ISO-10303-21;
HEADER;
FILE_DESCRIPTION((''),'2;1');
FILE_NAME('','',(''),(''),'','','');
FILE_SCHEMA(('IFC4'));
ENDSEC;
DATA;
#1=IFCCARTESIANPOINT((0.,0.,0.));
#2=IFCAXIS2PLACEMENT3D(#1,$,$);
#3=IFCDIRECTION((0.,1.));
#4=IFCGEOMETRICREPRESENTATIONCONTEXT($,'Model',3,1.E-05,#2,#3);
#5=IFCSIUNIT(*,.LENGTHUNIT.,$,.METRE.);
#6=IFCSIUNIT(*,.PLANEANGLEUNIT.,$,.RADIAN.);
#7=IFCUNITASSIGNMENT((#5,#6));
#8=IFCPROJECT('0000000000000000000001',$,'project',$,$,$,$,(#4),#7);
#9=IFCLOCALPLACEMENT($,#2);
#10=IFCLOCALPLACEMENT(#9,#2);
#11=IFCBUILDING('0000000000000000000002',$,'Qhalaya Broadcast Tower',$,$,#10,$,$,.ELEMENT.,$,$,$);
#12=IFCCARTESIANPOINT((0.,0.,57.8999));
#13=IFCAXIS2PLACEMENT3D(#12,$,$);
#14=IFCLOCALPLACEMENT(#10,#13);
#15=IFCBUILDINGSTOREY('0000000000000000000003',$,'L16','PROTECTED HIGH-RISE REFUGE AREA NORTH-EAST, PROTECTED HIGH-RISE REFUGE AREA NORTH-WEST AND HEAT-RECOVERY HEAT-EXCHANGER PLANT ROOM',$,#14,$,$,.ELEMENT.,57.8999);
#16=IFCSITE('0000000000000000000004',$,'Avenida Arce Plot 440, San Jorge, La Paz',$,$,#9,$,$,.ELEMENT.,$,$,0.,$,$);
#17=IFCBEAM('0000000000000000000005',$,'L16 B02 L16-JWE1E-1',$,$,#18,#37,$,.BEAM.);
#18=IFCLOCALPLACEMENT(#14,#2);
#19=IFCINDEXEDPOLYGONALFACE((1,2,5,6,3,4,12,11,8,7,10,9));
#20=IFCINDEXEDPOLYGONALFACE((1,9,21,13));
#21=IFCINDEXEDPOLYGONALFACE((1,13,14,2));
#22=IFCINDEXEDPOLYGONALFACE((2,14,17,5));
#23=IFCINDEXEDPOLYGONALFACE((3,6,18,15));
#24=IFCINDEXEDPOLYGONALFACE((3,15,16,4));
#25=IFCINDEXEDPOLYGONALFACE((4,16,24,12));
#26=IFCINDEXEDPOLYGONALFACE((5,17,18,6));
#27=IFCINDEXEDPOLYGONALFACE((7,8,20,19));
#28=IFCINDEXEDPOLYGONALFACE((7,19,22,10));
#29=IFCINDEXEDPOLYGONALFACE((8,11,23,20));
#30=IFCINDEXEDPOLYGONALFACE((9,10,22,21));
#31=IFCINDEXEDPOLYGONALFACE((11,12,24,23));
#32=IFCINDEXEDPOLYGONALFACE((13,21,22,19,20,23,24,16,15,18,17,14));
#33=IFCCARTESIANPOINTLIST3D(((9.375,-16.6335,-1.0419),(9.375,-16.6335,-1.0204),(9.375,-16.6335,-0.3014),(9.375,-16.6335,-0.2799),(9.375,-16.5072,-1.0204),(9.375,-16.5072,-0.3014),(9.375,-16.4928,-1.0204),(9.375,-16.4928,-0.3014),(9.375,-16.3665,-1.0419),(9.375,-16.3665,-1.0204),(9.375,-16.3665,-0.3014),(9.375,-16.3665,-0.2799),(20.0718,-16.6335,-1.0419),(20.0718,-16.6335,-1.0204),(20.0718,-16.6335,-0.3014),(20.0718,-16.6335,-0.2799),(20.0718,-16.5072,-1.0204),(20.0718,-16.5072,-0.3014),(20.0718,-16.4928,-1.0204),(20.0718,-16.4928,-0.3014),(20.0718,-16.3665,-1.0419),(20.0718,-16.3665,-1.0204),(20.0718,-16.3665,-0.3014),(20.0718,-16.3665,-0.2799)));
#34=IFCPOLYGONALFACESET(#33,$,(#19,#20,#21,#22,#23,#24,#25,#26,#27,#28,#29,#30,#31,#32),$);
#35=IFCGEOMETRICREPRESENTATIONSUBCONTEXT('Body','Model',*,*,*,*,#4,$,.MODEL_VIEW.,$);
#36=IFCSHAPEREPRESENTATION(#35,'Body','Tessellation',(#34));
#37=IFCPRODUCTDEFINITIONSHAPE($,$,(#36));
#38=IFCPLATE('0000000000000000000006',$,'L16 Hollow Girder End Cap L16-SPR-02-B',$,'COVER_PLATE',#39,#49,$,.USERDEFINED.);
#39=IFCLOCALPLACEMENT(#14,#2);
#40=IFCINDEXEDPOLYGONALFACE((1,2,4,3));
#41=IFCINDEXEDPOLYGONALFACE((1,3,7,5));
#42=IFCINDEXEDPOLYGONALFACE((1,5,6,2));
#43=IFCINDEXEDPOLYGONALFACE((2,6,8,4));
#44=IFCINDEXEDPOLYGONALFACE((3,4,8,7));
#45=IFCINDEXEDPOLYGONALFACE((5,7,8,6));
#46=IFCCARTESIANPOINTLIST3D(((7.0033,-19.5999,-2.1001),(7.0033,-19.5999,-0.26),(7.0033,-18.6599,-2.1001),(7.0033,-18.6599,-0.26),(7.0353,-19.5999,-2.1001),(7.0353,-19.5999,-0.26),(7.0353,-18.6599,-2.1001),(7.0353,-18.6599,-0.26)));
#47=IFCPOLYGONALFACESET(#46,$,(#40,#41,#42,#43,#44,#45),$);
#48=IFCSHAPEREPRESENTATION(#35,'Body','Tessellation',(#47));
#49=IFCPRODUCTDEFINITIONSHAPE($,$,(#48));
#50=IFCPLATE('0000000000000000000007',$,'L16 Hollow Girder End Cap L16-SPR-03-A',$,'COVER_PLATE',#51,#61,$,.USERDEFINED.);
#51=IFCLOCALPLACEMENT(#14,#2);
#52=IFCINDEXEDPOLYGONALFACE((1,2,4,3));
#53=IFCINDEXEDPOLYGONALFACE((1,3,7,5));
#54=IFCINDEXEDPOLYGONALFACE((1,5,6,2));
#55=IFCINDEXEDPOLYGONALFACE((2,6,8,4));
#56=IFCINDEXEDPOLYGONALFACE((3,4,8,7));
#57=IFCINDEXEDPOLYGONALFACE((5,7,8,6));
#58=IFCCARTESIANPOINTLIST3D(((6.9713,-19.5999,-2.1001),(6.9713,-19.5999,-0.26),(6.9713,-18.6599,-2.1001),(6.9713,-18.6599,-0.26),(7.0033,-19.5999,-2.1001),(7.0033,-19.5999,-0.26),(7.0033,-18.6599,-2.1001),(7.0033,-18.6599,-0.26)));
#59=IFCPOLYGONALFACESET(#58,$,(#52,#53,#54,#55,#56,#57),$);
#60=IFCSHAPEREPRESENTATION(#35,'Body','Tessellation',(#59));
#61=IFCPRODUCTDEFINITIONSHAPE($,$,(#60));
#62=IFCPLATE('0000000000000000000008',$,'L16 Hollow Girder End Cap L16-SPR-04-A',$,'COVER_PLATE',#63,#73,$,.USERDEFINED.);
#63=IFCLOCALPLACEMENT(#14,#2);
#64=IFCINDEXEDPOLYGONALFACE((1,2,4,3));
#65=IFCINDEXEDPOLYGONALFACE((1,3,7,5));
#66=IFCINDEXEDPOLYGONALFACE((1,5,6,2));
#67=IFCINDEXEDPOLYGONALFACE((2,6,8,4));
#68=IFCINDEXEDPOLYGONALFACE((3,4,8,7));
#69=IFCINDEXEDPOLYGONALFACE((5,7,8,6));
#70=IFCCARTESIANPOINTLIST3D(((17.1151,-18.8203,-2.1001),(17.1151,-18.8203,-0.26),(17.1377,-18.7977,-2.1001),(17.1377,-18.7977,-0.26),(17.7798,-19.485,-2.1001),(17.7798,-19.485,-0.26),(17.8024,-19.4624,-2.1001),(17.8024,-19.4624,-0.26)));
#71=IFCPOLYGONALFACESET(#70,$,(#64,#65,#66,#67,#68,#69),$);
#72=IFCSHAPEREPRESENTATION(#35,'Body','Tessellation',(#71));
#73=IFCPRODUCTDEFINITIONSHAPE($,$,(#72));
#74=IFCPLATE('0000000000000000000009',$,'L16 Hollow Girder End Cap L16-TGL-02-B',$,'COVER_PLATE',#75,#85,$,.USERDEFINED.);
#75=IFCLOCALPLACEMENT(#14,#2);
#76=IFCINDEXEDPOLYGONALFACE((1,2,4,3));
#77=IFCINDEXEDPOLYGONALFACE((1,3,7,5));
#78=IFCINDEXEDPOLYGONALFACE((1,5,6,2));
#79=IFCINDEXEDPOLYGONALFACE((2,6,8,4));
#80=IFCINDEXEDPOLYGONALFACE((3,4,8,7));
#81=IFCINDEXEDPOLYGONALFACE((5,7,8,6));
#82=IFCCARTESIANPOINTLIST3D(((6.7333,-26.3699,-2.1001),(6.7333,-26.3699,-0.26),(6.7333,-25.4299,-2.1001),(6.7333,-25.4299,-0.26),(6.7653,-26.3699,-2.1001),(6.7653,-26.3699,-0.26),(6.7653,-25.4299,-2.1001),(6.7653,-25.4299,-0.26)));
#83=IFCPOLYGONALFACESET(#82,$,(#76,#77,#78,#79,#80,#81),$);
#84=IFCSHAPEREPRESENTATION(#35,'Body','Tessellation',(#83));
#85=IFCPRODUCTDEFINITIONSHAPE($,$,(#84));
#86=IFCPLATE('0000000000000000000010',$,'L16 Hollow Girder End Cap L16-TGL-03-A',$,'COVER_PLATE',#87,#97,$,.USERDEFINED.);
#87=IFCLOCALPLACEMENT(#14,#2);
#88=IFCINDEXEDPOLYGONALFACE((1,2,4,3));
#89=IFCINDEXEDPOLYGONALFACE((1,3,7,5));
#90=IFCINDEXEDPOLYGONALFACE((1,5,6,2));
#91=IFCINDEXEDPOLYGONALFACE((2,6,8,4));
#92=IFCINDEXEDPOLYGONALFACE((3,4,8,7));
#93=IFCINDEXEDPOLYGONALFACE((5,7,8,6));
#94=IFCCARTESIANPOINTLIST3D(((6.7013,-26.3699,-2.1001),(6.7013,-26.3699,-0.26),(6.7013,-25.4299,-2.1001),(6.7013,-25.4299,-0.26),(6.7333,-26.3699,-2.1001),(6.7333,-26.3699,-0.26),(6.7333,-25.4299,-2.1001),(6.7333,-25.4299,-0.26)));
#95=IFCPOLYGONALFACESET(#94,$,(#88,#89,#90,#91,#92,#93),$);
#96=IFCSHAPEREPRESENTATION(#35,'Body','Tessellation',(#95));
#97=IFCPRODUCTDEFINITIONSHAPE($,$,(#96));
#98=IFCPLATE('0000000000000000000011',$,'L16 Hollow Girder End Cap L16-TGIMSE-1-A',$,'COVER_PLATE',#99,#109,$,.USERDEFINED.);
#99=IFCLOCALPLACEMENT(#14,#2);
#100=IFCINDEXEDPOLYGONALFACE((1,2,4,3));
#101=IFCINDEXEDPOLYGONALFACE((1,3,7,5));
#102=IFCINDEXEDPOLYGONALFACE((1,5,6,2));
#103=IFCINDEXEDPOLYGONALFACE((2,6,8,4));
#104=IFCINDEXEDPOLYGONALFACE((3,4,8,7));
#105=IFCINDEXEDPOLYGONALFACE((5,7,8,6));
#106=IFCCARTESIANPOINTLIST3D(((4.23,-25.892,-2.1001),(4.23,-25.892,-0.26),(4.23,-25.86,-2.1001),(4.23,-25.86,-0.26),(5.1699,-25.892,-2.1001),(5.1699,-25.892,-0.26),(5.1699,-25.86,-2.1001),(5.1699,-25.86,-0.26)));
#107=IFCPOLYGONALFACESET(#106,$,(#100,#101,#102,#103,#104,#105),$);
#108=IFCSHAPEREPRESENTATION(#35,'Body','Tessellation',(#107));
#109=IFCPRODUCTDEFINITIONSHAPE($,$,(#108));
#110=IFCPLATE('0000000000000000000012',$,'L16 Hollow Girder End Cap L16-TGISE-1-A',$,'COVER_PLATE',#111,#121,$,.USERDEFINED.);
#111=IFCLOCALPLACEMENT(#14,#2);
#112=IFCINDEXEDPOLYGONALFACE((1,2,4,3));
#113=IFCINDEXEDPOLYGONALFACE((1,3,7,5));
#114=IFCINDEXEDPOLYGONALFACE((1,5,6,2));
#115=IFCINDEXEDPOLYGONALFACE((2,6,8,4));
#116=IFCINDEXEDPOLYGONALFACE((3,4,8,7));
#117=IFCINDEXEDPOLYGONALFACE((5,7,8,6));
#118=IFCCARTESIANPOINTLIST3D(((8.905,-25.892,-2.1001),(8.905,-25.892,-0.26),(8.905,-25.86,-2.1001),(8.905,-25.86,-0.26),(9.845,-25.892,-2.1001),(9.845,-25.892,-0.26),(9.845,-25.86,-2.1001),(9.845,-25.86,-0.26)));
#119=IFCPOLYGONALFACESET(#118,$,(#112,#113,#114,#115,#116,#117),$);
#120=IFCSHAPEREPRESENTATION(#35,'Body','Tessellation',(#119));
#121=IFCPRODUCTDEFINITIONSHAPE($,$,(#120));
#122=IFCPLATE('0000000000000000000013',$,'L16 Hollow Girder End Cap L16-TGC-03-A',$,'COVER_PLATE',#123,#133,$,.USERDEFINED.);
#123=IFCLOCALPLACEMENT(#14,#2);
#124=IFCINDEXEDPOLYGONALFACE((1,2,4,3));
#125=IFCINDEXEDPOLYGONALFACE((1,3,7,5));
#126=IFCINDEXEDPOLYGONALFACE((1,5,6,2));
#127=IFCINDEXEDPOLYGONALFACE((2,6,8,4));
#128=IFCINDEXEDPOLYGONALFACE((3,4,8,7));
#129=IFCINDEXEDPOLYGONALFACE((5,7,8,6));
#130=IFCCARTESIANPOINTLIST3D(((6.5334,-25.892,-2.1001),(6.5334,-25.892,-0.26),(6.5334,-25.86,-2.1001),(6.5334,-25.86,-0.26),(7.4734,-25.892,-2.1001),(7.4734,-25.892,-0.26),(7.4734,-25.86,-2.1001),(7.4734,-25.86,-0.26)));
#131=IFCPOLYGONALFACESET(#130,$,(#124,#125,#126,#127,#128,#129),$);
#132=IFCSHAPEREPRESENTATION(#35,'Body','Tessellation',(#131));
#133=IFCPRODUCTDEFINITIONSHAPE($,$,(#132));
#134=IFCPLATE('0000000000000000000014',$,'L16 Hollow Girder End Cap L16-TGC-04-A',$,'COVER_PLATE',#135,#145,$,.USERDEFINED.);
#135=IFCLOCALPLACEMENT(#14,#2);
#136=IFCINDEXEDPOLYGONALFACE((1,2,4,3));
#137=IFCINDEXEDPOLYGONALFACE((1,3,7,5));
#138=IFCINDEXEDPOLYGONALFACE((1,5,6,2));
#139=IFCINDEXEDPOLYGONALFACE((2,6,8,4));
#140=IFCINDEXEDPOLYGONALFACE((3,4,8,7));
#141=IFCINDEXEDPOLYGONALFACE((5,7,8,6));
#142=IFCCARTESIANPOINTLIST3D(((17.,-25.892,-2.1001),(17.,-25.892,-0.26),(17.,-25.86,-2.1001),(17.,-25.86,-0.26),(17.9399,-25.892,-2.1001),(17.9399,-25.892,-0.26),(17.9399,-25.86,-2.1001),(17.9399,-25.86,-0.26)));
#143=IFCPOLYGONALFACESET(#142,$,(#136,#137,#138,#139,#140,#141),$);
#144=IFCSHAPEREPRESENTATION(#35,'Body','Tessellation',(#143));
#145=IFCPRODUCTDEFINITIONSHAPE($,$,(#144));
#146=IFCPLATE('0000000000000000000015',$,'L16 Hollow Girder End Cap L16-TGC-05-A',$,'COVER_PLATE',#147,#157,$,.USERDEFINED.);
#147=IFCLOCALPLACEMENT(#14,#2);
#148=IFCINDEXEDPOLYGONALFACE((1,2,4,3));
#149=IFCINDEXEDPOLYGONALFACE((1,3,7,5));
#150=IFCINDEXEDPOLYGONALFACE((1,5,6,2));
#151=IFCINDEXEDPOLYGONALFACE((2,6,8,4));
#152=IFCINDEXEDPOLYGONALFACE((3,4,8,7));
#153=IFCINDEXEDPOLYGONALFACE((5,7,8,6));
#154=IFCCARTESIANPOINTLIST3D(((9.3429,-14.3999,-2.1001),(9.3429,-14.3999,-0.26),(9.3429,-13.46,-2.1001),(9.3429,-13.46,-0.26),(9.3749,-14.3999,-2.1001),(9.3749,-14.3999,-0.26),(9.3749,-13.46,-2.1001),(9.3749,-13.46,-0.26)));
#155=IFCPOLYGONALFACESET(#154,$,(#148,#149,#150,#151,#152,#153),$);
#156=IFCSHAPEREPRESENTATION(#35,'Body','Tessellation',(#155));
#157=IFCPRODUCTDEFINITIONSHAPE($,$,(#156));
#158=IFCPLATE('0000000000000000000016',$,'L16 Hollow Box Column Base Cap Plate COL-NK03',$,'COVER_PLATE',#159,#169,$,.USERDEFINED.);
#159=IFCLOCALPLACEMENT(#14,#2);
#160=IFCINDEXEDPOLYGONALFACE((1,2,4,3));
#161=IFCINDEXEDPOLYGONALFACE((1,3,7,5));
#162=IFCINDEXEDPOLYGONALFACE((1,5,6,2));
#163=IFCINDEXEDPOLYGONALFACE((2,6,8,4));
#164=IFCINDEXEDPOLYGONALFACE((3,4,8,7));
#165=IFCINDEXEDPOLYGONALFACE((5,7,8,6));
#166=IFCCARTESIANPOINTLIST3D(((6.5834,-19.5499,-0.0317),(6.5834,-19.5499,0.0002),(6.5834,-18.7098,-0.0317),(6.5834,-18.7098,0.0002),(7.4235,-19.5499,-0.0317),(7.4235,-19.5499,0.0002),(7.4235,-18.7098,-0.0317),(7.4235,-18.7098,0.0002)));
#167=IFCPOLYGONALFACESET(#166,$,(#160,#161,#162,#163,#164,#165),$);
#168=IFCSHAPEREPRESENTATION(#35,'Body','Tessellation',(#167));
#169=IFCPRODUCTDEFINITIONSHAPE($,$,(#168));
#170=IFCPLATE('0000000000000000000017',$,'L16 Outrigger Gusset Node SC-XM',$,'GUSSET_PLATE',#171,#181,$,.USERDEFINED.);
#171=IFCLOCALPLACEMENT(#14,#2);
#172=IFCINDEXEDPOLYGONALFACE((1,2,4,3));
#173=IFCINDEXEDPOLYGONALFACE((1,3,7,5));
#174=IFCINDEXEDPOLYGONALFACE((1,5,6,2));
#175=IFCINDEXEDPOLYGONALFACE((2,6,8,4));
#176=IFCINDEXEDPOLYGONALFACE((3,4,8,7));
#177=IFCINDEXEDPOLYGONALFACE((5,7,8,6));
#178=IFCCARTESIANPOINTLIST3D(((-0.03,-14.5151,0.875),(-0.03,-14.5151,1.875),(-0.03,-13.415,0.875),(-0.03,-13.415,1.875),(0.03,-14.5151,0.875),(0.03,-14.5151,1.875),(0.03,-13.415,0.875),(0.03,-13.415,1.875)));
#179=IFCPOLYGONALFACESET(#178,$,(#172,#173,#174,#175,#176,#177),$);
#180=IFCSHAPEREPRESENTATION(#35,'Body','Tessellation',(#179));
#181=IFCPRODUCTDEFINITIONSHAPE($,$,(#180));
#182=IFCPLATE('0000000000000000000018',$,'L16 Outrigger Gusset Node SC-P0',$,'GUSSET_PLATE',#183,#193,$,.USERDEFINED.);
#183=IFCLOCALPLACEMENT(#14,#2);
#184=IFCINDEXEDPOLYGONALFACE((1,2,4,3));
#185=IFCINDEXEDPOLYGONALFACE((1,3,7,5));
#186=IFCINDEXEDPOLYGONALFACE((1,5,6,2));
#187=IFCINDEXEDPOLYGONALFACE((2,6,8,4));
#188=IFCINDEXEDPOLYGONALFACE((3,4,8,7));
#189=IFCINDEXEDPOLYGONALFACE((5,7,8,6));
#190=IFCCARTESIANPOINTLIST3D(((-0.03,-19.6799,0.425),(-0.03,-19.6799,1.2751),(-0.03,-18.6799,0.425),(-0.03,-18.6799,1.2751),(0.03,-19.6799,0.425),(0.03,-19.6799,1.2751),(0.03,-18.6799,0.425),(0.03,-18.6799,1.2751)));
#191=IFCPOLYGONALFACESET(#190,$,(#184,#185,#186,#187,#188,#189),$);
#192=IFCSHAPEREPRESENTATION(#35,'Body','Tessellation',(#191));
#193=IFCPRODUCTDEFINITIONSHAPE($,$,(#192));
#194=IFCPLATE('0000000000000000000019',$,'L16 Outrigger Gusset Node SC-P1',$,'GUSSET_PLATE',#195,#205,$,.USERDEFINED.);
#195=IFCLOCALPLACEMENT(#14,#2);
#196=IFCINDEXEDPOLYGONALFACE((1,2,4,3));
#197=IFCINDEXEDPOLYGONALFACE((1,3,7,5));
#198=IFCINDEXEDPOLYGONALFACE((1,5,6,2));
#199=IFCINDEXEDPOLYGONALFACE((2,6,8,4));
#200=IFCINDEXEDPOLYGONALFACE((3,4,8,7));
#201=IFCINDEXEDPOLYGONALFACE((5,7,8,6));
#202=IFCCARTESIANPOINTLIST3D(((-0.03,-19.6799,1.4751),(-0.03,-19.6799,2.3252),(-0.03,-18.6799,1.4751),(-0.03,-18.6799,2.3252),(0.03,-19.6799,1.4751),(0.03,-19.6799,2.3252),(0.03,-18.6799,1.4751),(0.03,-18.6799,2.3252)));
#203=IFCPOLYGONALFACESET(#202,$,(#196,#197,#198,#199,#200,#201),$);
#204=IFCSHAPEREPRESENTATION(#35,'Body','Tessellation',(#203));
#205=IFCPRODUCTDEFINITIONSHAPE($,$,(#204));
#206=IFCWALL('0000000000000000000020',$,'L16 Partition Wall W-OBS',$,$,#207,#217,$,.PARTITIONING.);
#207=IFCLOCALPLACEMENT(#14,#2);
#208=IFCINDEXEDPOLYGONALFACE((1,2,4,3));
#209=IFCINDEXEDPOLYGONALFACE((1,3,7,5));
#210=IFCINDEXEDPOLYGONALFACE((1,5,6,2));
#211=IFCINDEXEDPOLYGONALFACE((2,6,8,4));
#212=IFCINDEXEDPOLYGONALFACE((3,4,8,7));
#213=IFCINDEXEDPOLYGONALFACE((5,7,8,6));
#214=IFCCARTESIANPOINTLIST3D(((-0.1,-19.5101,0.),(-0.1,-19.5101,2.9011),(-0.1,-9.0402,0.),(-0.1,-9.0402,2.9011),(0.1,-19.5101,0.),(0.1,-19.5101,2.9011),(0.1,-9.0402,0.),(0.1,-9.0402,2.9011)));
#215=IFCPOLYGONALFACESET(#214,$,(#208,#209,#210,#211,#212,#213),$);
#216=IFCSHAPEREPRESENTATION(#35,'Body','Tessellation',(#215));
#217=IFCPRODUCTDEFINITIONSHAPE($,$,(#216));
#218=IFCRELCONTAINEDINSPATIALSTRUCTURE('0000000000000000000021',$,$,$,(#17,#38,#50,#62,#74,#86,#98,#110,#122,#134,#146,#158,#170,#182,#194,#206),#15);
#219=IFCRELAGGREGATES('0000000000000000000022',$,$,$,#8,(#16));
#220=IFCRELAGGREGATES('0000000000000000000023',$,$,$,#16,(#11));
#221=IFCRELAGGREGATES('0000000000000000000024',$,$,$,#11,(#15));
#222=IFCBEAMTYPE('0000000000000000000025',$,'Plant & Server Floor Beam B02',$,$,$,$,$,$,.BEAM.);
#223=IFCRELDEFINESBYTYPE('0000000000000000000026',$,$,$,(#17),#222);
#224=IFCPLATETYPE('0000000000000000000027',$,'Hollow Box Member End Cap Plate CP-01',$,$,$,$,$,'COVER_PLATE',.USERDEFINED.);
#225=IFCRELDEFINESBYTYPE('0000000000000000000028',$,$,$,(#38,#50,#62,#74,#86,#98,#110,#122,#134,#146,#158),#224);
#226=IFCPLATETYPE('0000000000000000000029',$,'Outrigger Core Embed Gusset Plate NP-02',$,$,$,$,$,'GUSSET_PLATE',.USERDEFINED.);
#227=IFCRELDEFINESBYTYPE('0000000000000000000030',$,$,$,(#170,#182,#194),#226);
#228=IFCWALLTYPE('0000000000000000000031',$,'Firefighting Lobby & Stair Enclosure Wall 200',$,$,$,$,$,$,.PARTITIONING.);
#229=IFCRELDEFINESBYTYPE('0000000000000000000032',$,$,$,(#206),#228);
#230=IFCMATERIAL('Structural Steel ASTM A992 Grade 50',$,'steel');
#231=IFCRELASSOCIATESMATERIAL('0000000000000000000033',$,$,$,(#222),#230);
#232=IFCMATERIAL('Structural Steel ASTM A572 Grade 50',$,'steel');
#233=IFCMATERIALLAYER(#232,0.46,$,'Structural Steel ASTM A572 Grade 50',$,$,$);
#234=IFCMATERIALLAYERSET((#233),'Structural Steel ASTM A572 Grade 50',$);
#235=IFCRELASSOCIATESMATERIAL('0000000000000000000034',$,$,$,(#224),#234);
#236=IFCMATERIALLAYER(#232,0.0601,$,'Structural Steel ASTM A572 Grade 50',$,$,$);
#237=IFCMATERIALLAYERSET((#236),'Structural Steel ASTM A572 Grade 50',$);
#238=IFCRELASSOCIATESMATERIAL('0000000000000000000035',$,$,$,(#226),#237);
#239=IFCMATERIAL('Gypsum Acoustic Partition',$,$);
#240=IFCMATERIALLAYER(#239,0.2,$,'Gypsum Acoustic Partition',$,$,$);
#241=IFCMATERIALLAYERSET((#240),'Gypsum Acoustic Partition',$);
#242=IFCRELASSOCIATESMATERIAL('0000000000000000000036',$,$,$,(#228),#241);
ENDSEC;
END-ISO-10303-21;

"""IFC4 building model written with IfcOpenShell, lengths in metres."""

from ifc_helpers import new_model, si_unit, direction, frame, frame_2d, origin, origin_2d, place, context, subcontext, project, spatial, rectangle, i_section, extrude, material, layer, layer_set, material_profile, profile_set, type_object, element, save


model = new_model("IFC4")

# Units and contexts
model_context = context("Model", 3, precision=1e-05, world=origin(), true_north=direction((0.0, 1.0)))
body_context = subcontext(model_context, "Body", "Model", "MODEL_VIEW")
ifc_project = project(units=[si_unit("LENGTHUNIT", "METRE"), si_unit("PLANEANGLEUNIT", "RADIAN")], contexts=[model_context])

# Site, building, storey
site_placement = place(None, origin())
site = spatial("IfcSite", under=ifc_project, at=site_placement, Name="Avenida Arce Plot 440, San Jorge, La Paz", CompositionType="ELEMENT", RefElevation=0.0)
building_placement = place(site_placement, origin())
building = spatial("IfcBuilding", under=site, at=building_placement, Name="Qhalaya Broadcast Tower", CompositionType="ELEMENT")
storey_placement = place(building_placement, frame((0.0, 0.0, 57.8999)))
storey = spatial("IfcBuildingStorey", under=building, at=storey_placement, Name="L16", Description="PROTECTED HIGH-RISE REFUGE AREA NORTH-EAST, PROTECTED HIGH-RISE REFUGE AREA NORTH-WEST AND HEAT-RECOVERY HEAT-EXCHANGER PLANT ROOM", CompositionType="ELEMENT", Elevation=57.8999)

# Shared definitions
ifc_material_1 = material(Name="Structural Steel ASTM A572 Grade 50", Category="steel")

# Beam
ifc_material_2 = material(Name="Structural Steel ASTM A992 Grade 50", Category="steel")
ifc_material_profile_1 = material_profile(ifc_material_2, i_section(OverallWidth=0.2671, OverallDepth=0.762, WebThickness=0.0144, FlangeThickness=0.0215, at=origin_2d()), Name="W30X116")
ifc_profile_set_1 = profile_set([ifc_material_profile_1], Name="Structural Steel ASTM A992 Grade 50")
beam_type_1 = type_object("IfcBeamType", Name="Plant & Server Floor Beam B02", PredefinedType="BEAM", material=ifc_profile_set_1)
beam_1_placement = place(storey_placement, frame((9.375, -16.5, -0.6609), z_axis=(1.0, 0.0, 0.0), x_axis=(0.0, 1.0, 0.0)))
element("IfcBeam", 1, at=beam_1_placement, inside=storey, type_object=beam_type_1, Name="L16 B02 L16-JWE1E-1", PredefinedType="BEAM", context=body_context, shape_type="SweptSolid", body=[
    extrude(i_section(OverallWidth=0.2671, OverallDepth=0.762, WebThickness=0.0144, FlangeThickness=0.0215, at=origin_2d()), origin(), (0.0, 0.0, 1.0), 10.6968),
])

# Plates
ifc_layer_1 = layer(ifc_material_1, 0.46, Name="Structural Steel ASTM A572 Grade 50")
ifc_layer_set_1 = layer_set([ifc_layer_1], Name="Structural Steel ASTM A572 Grade 50")
plate_type_1 = type_object("IfcPlateType", Name="Hollow Box Member End Cap Plate CP-01", ElementType="COVER_PLATE", PredefinedType="USERDEFINED", material=ifc_layer_set_1)
for number, where, z_axis, x_axis, name in (
    (2, (7.0193, -19.1299, -2.1001), (0.0, 0.0, 1.0), (0.0, 1.0, 0.0), "L16 Hollow Girder End Cap L16-SPR-02-B"),
    (3, (6.9873, -19.1299, -2.1001), (0.0, 0.0, 1.0), (0.0, 1.0, 0.0), "L16 Hollow Girder End Cap L16-SPR-03-A"),
    (4, (17.4587, -19.1414, -2.1001), (0.0, 0.0, 1.0), (-0.707107, 0.707107, 0.0), "L16 Hollow Girder End Cap L16-SPR-04-A"),
    (5, (6.7493, -25.8999, -2.1001), (0.0, 0.0, 1.0), (0.0, 1.0, 0.0), "L16 Hollow Girder End Cap L16-TGL-02-B"),
    (6, (6.7173, -25.8999, -2.1001), (0.0, 0.0, 1.0), (0.0, 1.0, 0.0), "L16 Hollow Girder End Cap L16-TGL-03-A"),
    (7, (4.7, -25.876, -2.1001), (0.0, 0.0, 1.0), (-1.0, 0.0, 0.0), "L16 Hollow Girder End Cap L16-TGIMSE-1-A"),
    (8, (9.375, -25.876, -2.1001), (0.0, 0.0, 1.0), (-1.0, 0.0, 0.0), "L16 Hollow Girder End Cap L16-TGISE-1-A"),
    (9, (7.0034, -25.876, -2.1001), (0.0, 0.0, 1.0), (-1.0, 0.0, 0.0), "L16 Hollow Girder End Cap L16-TGC-03-A"),
    (10, (17.47, -25.876, -2.1001), (0.0, 0.0, 1.0), (-1.0, 0.0, 0.0), "L16 Hollow Girder End Cap L16-TGC-04-A"),
    (11, (9.3589, -13.9299, -2.1001), (0.0, 0.0, 1.0), (0.0, 1.0, 0.0), "L16 Hollow Girder End Cap L16-TGC-05-A"),
):
    element("IfcPlate", number, at=place(storey_placement, frame(where, z_axis=z_axis, x_axis=x_axis)), inside=storey, type_object=plate_type_1, Name=name, ObjectType="COVER_PLATE", PredefinedType="USERDEFINED", context=body_context, shape_type="SweptSolid", body=[
        extrude(rectangle(XDim=0.9399, YDim=0.032, at=origin_2d()), origin(), (0.0, 0.0, 1.0), 1.8401),
    ])
plate_1_placement = place(storey_placement, frame((7.0034, -19.1299, -0.0317), z_axis=(0.0, 0.0, 1.0), x_axis=(1.0, 0.0, 0.0)))
element("IfcPlate", 12, at=plate_1_placement, inside=storey, type_object=plate_type_1, Name="L16 Hollow Box Column Base Cap Plate COL-NK03", ObjectType="COVER_PLATE", PredefinedType="USERDEFINED", context=body_context, shape_type="SweptSolid", body=[
    extrude(rectangle(XDim=0.8401, YDim=0.8401, at=origin_2d()), origin(), (0.0, 0.0, 1.0), 0.032),
])
ifc_layer_2 = layer(ifc_material_1, 0.0601, Name="Structural Steel ASTM A572 Grade 50")
ifc_layer_set_2 = layer_set([ifc_layer_2], Name="Structural Steel ASTM A572 Grade 50")
plate_type_2 = type_object("IfcPlateType", Name="Outrigger Core Embed Gusset Plate NP-02", ElementType="GUSSET_PLATE", PredefinedType="USERDEFINED", material=ifc_layer_set_2)
plate_2_placement = place(storey_placement, frame((0.0, -13.9651, 0.875), z_axis=(0.0, 0.0, 1.0), x_axis=(0.0, -1.0, 0.0)))
element("IfcPlate", 13, at=plate_2_placement, inside=storey, type_object=plate_type_2, Name="L16 Outrigger Gusset Node SC-XM", ObjectType="GUSSET_PLATE", PredefinedType="USERDEFINED", context=body_context, shape_type="SweptSolid", body=[
    extrude(rectangle(XDim=1.1001, YDim=0.0601, at=origin_2d()), origin(), (0.0, 0.0, 1.0), 1.0),
])
for number, where, z_axis, x_axis, name in (
    (14, (0.0, -19.1799, 0.425), (0.0, 0.0, 1.0), (0.0, -1.0, 0.0), "L16 Outrigger Gusset Node SC-P0"),
    (15, (0.0, -19.1799, 1.4751), (0.0, 0.0, 1.0), (0.0, -1.0, 0.0), "L16 Outrigger Gusset Node SC-P1"),
):
    element("IfcPlate", number, at=place(storey_placement, frame(where, z_axis=z_axis, x_axis=x_axis)), inside=storey, type_object=plate_type_2, Name=name, ObjectType="GUSSET_PLATE", PredefinedType="USERDEFINED", context=body_context, shape_type="SweptSolid", body=[
        extrude(rectangle(XDim=1.0, YDim=0.0601, at=origin_2d()), origin(), (0.0, 0.0, 1.0), 0.8501),
    ])

# Wall
ifc_material_3 = material(Name="Gypsum Acoustic Partition")
ifc_layer_3 = layer(ifc_material_3, 0.2, Name="Gypsum Acoustic Partition")
ifc_layer_set_3 = layer_set([ifc_layer_3], Name="Gypsum Acoustic Partition")
wall_type_1 = type_object("IfcWallType", Name="Firefighting Lobby & Stair Enclosure Wall 200", PredefinedType="PARTITIONING", material=ifc_layer_set_3)
wall_1_placement = place(storey_placement, frame((0.0, -19.51, 0.0), z_axis=(0.0, 0.0, 1.0), x_axis=(0.0, 1.0, 0.0)))
element("IfcWall", 16, at=wall_1_placement, inside=storey, type_object=wall_type_1, Name="L16 Partition Wall W-OBS", PredefinedType="PARTITIONING", context=body_context, shape_type="SweptSolid", body=[
    extrude(rectangle(XDim=10.47, YDim=0.2, at=frame_2d((5.2349, 0.0))), origin(), (0.0, 0.0, 1.0), 2.9011),
])

save(model, "model.ifc")
